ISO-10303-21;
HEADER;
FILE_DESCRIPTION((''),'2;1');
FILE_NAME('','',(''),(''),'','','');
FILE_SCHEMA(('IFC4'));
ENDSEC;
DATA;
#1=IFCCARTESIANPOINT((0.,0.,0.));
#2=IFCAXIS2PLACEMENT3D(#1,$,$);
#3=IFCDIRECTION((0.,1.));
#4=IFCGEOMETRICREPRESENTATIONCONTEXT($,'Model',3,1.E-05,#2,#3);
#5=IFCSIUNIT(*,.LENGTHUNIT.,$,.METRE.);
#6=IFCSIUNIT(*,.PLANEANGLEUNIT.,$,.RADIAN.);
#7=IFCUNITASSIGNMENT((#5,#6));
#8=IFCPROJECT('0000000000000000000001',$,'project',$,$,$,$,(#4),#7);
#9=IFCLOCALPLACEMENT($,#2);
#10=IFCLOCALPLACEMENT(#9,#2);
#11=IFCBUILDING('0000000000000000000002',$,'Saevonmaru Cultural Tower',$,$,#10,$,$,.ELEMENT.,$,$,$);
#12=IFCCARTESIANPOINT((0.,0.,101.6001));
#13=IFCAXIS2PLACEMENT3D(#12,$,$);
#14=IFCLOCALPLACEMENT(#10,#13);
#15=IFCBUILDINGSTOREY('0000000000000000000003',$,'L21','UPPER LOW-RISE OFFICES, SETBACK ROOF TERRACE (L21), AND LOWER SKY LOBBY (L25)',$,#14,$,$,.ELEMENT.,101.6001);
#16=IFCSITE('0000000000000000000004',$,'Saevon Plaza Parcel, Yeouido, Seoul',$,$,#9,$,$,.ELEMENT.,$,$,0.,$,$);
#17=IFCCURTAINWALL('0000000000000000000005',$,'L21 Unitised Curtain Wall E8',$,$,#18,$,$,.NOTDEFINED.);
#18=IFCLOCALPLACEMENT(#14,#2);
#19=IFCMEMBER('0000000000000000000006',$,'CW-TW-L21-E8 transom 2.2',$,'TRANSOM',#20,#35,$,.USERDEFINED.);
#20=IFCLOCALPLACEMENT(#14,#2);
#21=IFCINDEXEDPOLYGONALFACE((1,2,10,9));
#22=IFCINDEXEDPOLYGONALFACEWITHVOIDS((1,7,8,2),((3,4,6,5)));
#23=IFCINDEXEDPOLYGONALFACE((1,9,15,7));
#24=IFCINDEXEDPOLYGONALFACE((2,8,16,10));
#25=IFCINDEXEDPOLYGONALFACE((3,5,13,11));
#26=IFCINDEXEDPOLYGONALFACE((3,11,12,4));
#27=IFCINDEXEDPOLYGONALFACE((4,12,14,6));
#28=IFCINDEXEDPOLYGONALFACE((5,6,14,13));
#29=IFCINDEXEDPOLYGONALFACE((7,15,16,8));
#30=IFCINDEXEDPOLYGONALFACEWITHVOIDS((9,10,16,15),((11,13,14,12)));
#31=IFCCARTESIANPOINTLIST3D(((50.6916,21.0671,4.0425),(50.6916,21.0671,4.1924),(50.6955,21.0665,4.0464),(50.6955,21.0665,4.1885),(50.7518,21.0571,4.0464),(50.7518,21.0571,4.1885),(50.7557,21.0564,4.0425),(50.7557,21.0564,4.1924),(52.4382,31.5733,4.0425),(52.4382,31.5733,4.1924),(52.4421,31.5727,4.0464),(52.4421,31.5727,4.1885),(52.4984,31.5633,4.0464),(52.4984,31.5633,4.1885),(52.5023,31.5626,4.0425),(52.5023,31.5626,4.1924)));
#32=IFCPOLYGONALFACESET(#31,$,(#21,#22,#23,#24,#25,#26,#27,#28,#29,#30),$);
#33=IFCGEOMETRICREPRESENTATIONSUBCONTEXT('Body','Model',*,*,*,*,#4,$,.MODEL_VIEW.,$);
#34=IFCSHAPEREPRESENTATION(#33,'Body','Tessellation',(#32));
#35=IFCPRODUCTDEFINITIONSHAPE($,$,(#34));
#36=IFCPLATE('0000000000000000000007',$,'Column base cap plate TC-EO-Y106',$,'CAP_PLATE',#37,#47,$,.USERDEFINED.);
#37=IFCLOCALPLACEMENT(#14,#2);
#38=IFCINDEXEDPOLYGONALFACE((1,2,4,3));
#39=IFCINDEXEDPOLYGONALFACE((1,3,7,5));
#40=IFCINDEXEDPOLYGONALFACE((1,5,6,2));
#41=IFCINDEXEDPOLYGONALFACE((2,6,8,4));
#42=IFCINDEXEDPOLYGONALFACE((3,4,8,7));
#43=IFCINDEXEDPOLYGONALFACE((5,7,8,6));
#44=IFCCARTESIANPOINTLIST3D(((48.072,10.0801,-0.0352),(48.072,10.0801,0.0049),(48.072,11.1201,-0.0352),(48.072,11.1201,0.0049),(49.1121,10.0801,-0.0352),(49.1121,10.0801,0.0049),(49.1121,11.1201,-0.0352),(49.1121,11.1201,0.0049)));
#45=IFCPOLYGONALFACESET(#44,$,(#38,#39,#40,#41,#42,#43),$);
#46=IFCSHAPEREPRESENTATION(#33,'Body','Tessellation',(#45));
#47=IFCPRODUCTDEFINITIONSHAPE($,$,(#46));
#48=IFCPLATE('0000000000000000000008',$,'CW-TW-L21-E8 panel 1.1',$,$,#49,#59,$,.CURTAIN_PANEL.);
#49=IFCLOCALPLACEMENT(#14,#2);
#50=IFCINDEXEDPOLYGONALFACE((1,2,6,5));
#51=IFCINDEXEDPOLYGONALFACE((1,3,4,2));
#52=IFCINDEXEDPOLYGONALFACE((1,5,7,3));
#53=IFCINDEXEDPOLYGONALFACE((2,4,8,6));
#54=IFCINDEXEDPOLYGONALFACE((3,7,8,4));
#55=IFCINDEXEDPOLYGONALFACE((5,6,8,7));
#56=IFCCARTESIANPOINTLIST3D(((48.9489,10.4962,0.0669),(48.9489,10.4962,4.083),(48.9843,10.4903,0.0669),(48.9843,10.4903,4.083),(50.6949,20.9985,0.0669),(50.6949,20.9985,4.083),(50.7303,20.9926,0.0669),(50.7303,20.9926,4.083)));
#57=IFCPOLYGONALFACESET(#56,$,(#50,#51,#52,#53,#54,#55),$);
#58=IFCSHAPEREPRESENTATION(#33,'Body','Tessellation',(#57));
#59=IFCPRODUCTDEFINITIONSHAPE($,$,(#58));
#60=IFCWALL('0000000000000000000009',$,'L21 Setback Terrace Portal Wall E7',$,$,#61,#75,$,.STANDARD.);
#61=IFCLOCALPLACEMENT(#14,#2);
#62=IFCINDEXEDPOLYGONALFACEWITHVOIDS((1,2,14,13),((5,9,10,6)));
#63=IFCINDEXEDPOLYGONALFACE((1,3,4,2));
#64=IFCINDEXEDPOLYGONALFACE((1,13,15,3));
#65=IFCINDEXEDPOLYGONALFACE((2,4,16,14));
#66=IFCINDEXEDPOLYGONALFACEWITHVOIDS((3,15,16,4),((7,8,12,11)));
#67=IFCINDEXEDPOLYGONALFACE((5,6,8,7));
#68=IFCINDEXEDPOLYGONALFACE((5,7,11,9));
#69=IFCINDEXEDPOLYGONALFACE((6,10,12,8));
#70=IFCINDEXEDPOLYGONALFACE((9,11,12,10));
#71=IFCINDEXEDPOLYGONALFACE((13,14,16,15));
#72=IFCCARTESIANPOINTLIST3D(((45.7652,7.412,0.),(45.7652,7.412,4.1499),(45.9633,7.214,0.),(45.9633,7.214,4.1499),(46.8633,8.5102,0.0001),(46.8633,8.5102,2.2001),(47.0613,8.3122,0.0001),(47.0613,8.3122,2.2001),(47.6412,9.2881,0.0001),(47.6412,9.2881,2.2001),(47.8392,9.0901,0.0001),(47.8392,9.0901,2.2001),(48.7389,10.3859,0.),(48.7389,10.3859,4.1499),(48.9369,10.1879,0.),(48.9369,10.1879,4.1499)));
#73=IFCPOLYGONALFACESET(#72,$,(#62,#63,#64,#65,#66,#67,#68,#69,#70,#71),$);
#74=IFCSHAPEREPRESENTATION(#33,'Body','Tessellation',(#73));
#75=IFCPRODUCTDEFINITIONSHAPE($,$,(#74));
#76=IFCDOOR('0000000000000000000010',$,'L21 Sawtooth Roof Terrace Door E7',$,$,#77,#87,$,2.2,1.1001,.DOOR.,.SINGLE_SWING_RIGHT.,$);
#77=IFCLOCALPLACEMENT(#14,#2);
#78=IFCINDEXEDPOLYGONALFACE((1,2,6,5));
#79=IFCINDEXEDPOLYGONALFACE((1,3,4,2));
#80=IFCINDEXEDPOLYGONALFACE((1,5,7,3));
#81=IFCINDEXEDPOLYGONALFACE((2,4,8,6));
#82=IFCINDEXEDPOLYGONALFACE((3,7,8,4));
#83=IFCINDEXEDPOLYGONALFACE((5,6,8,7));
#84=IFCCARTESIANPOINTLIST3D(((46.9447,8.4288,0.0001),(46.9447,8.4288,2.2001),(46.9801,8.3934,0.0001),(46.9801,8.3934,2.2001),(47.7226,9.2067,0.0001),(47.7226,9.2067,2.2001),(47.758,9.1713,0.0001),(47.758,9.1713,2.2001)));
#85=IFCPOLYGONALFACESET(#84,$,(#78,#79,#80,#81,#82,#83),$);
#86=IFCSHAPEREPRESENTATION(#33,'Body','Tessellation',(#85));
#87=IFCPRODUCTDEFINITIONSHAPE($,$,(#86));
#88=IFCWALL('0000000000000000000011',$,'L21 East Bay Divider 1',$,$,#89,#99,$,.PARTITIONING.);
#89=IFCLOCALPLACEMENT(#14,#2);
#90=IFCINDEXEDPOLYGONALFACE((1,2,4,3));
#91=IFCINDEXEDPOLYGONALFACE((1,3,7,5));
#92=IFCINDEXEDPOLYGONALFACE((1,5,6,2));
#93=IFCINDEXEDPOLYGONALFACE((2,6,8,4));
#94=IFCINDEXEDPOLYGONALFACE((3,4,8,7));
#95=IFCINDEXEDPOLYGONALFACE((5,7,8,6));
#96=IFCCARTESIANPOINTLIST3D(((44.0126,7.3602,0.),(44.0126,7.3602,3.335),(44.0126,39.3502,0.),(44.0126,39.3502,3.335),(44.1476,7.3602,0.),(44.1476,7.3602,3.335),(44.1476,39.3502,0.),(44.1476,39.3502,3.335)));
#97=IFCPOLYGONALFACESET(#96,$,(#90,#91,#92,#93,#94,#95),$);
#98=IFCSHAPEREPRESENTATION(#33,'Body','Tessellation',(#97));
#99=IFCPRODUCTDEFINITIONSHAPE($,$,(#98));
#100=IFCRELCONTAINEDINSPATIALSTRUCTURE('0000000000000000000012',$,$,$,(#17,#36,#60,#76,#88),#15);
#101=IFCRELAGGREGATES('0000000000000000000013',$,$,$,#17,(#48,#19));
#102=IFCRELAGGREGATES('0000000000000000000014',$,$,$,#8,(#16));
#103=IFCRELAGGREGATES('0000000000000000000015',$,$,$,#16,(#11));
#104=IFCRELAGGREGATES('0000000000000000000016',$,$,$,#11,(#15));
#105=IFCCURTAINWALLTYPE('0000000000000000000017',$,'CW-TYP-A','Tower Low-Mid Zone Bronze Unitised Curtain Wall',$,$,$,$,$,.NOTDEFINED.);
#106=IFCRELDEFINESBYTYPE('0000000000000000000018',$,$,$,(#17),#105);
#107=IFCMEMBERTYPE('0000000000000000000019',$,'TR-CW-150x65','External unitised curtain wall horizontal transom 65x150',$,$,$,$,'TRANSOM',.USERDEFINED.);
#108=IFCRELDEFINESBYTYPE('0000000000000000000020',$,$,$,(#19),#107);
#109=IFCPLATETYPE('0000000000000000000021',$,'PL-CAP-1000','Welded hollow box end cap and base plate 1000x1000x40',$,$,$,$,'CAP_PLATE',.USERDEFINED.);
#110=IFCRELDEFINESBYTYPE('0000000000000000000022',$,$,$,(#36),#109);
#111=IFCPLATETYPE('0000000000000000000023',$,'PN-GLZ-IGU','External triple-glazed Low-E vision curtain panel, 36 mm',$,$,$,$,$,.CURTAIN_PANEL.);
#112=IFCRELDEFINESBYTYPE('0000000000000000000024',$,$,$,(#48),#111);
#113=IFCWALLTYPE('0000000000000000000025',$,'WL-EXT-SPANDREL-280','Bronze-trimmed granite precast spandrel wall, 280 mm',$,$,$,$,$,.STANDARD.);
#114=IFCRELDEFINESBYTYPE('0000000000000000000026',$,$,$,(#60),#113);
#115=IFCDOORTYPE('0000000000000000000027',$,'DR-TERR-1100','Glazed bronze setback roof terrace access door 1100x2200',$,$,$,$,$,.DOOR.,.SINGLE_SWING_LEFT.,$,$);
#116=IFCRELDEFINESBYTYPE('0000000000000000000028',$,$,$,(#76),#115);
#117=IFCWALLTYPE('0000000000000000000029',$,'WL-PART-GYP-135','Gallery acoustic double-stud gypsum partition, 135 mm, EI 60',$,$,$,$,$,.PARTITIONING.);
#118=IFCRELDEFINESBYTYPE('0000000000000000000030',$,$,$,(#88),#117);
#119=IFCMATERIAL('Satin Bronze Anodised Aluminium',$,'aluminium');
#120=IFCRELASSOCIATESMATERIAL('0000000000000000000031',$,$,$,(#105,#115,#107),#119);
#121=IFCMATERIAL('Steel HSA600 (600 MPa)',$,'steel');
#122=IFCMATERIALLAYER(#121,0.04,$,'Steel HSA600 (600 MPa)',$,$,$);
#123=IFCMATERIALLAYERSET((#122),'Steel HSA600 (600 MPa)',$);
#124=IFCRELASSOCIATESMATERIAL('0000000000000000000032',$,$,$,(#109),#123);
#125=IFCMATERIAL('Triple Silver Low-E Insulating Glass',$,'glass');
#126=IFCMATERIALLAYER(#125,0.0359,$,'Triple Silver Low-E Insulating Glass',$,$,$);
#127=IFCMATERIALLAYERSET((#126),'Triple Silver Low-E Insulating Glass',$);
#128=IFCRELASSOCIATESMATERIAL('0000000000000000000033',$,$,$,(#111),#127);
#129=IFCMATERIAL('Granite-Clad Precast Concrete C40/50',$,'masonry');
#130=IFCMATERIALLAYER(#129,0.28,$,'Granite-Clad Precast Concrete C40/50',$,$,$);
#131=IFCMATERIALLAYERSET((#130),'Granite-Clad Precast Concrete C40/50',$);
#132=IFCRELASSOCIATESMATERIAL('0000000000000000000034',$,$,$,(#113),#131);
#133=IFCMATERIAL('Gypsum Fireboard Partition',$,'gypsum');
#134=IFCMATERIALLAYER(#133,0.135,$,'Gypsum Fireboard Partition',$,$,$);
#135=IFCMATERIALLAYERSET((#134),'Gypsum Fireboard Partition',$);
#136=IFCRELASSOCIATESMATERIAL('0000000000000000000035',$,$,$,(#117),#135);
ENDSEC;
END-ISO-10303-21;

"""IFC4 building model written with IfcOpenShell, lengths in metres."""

from ifc_helpers import new_model, si_unit, direction, frame, frame_2d, origin, origin_2d, place, context, subcontext, project, spatial, rectangle, hollow_rectangle, extrude, material, layer, layer_set, material_profile, profile_set, type_object, element, fill, aggregate, save


model = new_model("IFC4")

# Units and contexts
model_context = context("Model", 3, precision=1e-05, world=origin(), true_north=direction((0.0, 1.0)))
body_context = subcontext(model_context, "Body", "Model", "MODEL_VIEW")
ifc_project = project(units=[si_unit("LENGTHUNIT", "METRE"), si_unit("PLANEANGLEUNIT", "RADIAN")], contexts=[model_context])

# Site, building, storey
site_placement = place(None, origin())
site = spatial("IfcSite", under=ifc_project, at=site_placement, Name="Saevon Plaza Parcel, Yeouido, Seoul", CompositionType="ELEMENT", RefElevation=0.0)
building_placement = place(site_placement, origin())
building = spatial("IfcBuilding", under=site, at=building_placement, Name="Saevonmaru Cultural Tower", CompositionType="ELEMENT")
storey_placement = place(building_placement, frame((0.0, 0.0, 101.6001)))
storey = spatial("IfcBuildingStorey", under=building, at=storey_placement, Name="L21", Description="UPPER LOW-RISE OFFICES, SETBACK ROOF TERRACE (L21), AND LOWER SKY LOBBY (L25)", CompositionType="ELEMENT", Elevation=101.6001)

# Curtain wall, member
ifc_material_1 = material(Name="Satin Bronze Anodised Aluminium", Category="aluminium")
curtain_wall_type = type_object("IfcCurtainWallType", Name="CW-TYP-A", Description="Tower Low-Mid Zone Bronze Unitised Curtain Wall", PredefinedType="NOTDEFINED", material=ifc_material_1)
curtain_wall_placement = place(storey_placement, origin())
curtain_wall = element("IfcCurtainWall", 1, at=curtain_wall_placement, inside=storey, type_object=curtain_wall_type, Name="L21 Unitised Curtain Wall E8", PredefinedType="NOTDEFINED")
ifc_material_profile_1 = material_profile(ifc_material_1, hollow_rectangle(XDim=0.0649, YDim=0.1499, WallThickness=0.0039, at=origin_2d()), Name="ALU-TRAN-150x65x4")
ifc_profile_set_1 = profile_set([ifc_material_profile_1], Name="Satin Bronze Anodised Aluminium")
member_type_1 = type_object("IfcMemberType", Name="TR-CW-150x65", Description="External unitised curtain wall horizontal transom 65x150", ElementType="TRANSOM", PredefinedType="USERDEFINED", material=ifc_profile_set_1)
member_1_placement = place(storey_placement, frame((50.7236, 21.0618, 4.1174), z_axis=(0.163994, 0.986461, 0.0), x_axis=(-0.986461, 0.163994, 0.0)))
member_1 = element("IfcMember", 2, at=member_1_placement, type_object=member_type_1, Name="CW-TW-L21-E8 transom 2.2", ObjectType="TRANSOM", PredefinedType="USERDEFINED", context=body_context, shape_type="SweptSolid", body=[
    extrude(hollow_rectangle(XDim=0.0649, YDim=0.1499, WallThickness=0.0039, at=origin_2d()), origin(), (0.0, 0.0, 1.0), 10.6504),
])

# Plates
ifc_material_2 = material(Name="Steel HSA600 (600 MPa)", Category="steel")
ifc_layer_1 = layer(ifc_material_2, 0.04, Name="Steel HSA600 (600 MPa)")
ifc_layer_set_1 = layer_set([ifc_layer_1], Name="Steel HSA600 (600 MPa)")
plate_type_1 = type_object("IfcPlateType", Name="PL-CAP-1000", Description="Welded hollow box end cap and base plate 1000x1000x40", ElementType="CAP_PLATE", PredefinedType="USERDEFINED", material=ifc_layer_set_1)
plate_1_placement = place(storey_placement, frame((48.592, 10.6001, -0.0352), z_axis=(0.0, 0.0, 1.0), x_axis=(1.0, 0.0, 0.0)))
element("IfcPlate", 3, at=plate_1_placement, inside=storey, type_object=plate_type_1, Name="Column base cap plate TC-EO-Y106", ObjectType="CAP_PLATE", PredefinedType="USERDEFINED", context=body_context, shape_type="SweptSolid", body=[
    extrude(rectangle(XDim=1.04, YDim=1.04, at=origin_2d()), origin(), (0.0, 0.0, 1.0), 0.04),
])
ifc_material_3 = material(Name="Triple Silver Low-E Insulating Glass", Category="glass")
ifc_layer_2 = layer(ifc_material_3, 0.0359, Name="Triple Silver Low-E Insulating Glass")
ifc_layer_set_2 = layer_set([ifc_layer_2], Name="Triple Silver Low-E Insulating Glass")
plate_type_2 = type_object("IfcPlateType", Name="PN-GLZ-IGU", Description="External triple-glazed Low-E vision curtain panel, 36 mm", PredefinedType="CURTAIN_PANEL", material=ifc_layer_set_2)
plate_2_placement = place(storey_placement, frame((49.8396, 15.7444, 0.0669), z_axis=(0.0, 0.0, 1.0), x_axis=(0.163999, 0.986461, 0.0)))
plate_2 = element("IfcPlate", 4, at=plate_2_placement, type_object=plate_type_2, Name="CW-TW-L21-E8 panel 1.1", PredefinedType="CURTAIN_PANEL", context=body_context, shape_type="SweptSolid", body=[
    extrude(rectangle(XDim=10.6465, YDim=0.0359, at=origin_2d()), origin(), (0.0, 0.0, 1.0), 4.0161),
])
aggregate(curtain_wall, [plate_2, member_1])

# Wall, opening, door
ifc_material_4 = material(Name="Granite-Clad Precast Concrete C40/50", Category="masonry")
ifc_layer_3 = layer(ifc_material_4, 0.28, Name="Granite-Clad Precast Concrete C40/50")
ifc_layer_set_3 = layer_set([ifc_layer_3], Name="Granite-Clad Precast Concrete C40/50")
wall_type_1 = type_object("IfcWallType", Name="WL-EXT-SPANDREL-280", Description="Bronze-trimmed granite precast spandrel wall, 280 mm", PredefinedType="STANDARD", material=ifc_layer_set_3)
wall_1_placement = place(storey_placement, frame((45.8643, 7.313, 0.0), z_axis=(0.0, 0.0, 1.0), x_axis=(0.707078, 0.707136, 0.0)))
wall_1 = element("IfcWall", 5, at=wall_1_placement, inside=storey, type_object=wall_type_1, Name="L21 Setback Terrace Portal Wall E7", PredefinedType="STANDARD", context=body_context, shape_type="SweptSolid", body=[
    extrude(rectangle(XDim=4.2056, YDim=0.28, at=frame_2d((2.1028, 0.0))), origin(), (0.0, 0.0, 1.0), 4.1499),
])
opening_placement = place(wall_1_placement, frame((1.553, 0.0, 0.0)))
opening = element("IfcOpeningElement", 6, at=opening_placement, cuts=wall_1, PredefinedType="OPENING", context=body_context, shape_type="SweptSolid", body=[
    extrude(rectangle(XDim=1.1001, YDim=2.2, at=frame_2d((0.55, 1.1001))), frame((0.0, 0.1499, 0.0), z_axis=(0.0, -1.0, 0.0), x_axis=(1.0, 0.0, 0.0)), (0.0, 0.0, 1.0), 0.3),
])
door_type = type_object("IfcDoorType", Name="DR-TERR-1100", Description="Glazed bronze setback roof terrace access door 1100x2200", OperationType="SINGLE_SWING_LEFT", PredefinedType="DOOR", material=ifc_material_1)
door_placement = place(opening_placement, origin())
door = element("IfcDoor", 7, at=door_placement, inside=storey, type_object=door_type, Name="L21 Sawtooth Roof Terrace Door E7", OperationType="SINGLE_SWING_RIGHT", OverallHeight=2.2, OverallWidth=1.1001, PredefinedType="DOOR", context=body_context, shape_type="SweptSolid", body=[
    extrude(rectangle(XDim=1.1001, YDim=2.2, at=frame_2d((0.55, 1.1001))), frame((0.0, 0.0249, 0.0), z_axis=(0.0, -1.0, 0.0), x_axis=(1.0, 0.0, 0.0)), (0.0, 0.0, 1.0), 0.05),
])
fill(opening, door)

# Wall
ifc_material_5 = material(Name="Gypsum Fireboard Partition", Category="gypsum")
ifc_layer_4 = layer(ifc_material_5, 0.135, Name="Gypsum Fireboard Partition")
ifc_layer_set_4 = layer_set([ifc_layer_4], Name="Gypsum Fireboard Partition")
wall_type_2 = type_object("IfcWallType", Name="WL-PART-GYP-135", Description="Gallery acoustic double-stud gypsum partition, 135 mm, EI 60", PredefinedType="PARTITIONING", material=ifc_layer_set_4)
wall_2_placement = place(storey_placement, frame((44.0801, 7.3601, 0.0), z_axis=(0.0, 0.0, 1.0), x_axis=(0.0, 1.0, 0.0)))
element("IfcWall", 8, at=wall_2_placement, inside=storey, type_object=wall_type_2, Name="L21 East Bay Divider 1", PredefinedType="PARTITIONING", context=body_context, shape_type="SweptSolid", body=[
    extrude(rectangle(XDim=31.99, YDim=0.135, at=frame_2d((15.9951, 0.0))), origin(), (0.0, 0.0, 1.0), 3.335),
])

save(model, "model.ifc")
